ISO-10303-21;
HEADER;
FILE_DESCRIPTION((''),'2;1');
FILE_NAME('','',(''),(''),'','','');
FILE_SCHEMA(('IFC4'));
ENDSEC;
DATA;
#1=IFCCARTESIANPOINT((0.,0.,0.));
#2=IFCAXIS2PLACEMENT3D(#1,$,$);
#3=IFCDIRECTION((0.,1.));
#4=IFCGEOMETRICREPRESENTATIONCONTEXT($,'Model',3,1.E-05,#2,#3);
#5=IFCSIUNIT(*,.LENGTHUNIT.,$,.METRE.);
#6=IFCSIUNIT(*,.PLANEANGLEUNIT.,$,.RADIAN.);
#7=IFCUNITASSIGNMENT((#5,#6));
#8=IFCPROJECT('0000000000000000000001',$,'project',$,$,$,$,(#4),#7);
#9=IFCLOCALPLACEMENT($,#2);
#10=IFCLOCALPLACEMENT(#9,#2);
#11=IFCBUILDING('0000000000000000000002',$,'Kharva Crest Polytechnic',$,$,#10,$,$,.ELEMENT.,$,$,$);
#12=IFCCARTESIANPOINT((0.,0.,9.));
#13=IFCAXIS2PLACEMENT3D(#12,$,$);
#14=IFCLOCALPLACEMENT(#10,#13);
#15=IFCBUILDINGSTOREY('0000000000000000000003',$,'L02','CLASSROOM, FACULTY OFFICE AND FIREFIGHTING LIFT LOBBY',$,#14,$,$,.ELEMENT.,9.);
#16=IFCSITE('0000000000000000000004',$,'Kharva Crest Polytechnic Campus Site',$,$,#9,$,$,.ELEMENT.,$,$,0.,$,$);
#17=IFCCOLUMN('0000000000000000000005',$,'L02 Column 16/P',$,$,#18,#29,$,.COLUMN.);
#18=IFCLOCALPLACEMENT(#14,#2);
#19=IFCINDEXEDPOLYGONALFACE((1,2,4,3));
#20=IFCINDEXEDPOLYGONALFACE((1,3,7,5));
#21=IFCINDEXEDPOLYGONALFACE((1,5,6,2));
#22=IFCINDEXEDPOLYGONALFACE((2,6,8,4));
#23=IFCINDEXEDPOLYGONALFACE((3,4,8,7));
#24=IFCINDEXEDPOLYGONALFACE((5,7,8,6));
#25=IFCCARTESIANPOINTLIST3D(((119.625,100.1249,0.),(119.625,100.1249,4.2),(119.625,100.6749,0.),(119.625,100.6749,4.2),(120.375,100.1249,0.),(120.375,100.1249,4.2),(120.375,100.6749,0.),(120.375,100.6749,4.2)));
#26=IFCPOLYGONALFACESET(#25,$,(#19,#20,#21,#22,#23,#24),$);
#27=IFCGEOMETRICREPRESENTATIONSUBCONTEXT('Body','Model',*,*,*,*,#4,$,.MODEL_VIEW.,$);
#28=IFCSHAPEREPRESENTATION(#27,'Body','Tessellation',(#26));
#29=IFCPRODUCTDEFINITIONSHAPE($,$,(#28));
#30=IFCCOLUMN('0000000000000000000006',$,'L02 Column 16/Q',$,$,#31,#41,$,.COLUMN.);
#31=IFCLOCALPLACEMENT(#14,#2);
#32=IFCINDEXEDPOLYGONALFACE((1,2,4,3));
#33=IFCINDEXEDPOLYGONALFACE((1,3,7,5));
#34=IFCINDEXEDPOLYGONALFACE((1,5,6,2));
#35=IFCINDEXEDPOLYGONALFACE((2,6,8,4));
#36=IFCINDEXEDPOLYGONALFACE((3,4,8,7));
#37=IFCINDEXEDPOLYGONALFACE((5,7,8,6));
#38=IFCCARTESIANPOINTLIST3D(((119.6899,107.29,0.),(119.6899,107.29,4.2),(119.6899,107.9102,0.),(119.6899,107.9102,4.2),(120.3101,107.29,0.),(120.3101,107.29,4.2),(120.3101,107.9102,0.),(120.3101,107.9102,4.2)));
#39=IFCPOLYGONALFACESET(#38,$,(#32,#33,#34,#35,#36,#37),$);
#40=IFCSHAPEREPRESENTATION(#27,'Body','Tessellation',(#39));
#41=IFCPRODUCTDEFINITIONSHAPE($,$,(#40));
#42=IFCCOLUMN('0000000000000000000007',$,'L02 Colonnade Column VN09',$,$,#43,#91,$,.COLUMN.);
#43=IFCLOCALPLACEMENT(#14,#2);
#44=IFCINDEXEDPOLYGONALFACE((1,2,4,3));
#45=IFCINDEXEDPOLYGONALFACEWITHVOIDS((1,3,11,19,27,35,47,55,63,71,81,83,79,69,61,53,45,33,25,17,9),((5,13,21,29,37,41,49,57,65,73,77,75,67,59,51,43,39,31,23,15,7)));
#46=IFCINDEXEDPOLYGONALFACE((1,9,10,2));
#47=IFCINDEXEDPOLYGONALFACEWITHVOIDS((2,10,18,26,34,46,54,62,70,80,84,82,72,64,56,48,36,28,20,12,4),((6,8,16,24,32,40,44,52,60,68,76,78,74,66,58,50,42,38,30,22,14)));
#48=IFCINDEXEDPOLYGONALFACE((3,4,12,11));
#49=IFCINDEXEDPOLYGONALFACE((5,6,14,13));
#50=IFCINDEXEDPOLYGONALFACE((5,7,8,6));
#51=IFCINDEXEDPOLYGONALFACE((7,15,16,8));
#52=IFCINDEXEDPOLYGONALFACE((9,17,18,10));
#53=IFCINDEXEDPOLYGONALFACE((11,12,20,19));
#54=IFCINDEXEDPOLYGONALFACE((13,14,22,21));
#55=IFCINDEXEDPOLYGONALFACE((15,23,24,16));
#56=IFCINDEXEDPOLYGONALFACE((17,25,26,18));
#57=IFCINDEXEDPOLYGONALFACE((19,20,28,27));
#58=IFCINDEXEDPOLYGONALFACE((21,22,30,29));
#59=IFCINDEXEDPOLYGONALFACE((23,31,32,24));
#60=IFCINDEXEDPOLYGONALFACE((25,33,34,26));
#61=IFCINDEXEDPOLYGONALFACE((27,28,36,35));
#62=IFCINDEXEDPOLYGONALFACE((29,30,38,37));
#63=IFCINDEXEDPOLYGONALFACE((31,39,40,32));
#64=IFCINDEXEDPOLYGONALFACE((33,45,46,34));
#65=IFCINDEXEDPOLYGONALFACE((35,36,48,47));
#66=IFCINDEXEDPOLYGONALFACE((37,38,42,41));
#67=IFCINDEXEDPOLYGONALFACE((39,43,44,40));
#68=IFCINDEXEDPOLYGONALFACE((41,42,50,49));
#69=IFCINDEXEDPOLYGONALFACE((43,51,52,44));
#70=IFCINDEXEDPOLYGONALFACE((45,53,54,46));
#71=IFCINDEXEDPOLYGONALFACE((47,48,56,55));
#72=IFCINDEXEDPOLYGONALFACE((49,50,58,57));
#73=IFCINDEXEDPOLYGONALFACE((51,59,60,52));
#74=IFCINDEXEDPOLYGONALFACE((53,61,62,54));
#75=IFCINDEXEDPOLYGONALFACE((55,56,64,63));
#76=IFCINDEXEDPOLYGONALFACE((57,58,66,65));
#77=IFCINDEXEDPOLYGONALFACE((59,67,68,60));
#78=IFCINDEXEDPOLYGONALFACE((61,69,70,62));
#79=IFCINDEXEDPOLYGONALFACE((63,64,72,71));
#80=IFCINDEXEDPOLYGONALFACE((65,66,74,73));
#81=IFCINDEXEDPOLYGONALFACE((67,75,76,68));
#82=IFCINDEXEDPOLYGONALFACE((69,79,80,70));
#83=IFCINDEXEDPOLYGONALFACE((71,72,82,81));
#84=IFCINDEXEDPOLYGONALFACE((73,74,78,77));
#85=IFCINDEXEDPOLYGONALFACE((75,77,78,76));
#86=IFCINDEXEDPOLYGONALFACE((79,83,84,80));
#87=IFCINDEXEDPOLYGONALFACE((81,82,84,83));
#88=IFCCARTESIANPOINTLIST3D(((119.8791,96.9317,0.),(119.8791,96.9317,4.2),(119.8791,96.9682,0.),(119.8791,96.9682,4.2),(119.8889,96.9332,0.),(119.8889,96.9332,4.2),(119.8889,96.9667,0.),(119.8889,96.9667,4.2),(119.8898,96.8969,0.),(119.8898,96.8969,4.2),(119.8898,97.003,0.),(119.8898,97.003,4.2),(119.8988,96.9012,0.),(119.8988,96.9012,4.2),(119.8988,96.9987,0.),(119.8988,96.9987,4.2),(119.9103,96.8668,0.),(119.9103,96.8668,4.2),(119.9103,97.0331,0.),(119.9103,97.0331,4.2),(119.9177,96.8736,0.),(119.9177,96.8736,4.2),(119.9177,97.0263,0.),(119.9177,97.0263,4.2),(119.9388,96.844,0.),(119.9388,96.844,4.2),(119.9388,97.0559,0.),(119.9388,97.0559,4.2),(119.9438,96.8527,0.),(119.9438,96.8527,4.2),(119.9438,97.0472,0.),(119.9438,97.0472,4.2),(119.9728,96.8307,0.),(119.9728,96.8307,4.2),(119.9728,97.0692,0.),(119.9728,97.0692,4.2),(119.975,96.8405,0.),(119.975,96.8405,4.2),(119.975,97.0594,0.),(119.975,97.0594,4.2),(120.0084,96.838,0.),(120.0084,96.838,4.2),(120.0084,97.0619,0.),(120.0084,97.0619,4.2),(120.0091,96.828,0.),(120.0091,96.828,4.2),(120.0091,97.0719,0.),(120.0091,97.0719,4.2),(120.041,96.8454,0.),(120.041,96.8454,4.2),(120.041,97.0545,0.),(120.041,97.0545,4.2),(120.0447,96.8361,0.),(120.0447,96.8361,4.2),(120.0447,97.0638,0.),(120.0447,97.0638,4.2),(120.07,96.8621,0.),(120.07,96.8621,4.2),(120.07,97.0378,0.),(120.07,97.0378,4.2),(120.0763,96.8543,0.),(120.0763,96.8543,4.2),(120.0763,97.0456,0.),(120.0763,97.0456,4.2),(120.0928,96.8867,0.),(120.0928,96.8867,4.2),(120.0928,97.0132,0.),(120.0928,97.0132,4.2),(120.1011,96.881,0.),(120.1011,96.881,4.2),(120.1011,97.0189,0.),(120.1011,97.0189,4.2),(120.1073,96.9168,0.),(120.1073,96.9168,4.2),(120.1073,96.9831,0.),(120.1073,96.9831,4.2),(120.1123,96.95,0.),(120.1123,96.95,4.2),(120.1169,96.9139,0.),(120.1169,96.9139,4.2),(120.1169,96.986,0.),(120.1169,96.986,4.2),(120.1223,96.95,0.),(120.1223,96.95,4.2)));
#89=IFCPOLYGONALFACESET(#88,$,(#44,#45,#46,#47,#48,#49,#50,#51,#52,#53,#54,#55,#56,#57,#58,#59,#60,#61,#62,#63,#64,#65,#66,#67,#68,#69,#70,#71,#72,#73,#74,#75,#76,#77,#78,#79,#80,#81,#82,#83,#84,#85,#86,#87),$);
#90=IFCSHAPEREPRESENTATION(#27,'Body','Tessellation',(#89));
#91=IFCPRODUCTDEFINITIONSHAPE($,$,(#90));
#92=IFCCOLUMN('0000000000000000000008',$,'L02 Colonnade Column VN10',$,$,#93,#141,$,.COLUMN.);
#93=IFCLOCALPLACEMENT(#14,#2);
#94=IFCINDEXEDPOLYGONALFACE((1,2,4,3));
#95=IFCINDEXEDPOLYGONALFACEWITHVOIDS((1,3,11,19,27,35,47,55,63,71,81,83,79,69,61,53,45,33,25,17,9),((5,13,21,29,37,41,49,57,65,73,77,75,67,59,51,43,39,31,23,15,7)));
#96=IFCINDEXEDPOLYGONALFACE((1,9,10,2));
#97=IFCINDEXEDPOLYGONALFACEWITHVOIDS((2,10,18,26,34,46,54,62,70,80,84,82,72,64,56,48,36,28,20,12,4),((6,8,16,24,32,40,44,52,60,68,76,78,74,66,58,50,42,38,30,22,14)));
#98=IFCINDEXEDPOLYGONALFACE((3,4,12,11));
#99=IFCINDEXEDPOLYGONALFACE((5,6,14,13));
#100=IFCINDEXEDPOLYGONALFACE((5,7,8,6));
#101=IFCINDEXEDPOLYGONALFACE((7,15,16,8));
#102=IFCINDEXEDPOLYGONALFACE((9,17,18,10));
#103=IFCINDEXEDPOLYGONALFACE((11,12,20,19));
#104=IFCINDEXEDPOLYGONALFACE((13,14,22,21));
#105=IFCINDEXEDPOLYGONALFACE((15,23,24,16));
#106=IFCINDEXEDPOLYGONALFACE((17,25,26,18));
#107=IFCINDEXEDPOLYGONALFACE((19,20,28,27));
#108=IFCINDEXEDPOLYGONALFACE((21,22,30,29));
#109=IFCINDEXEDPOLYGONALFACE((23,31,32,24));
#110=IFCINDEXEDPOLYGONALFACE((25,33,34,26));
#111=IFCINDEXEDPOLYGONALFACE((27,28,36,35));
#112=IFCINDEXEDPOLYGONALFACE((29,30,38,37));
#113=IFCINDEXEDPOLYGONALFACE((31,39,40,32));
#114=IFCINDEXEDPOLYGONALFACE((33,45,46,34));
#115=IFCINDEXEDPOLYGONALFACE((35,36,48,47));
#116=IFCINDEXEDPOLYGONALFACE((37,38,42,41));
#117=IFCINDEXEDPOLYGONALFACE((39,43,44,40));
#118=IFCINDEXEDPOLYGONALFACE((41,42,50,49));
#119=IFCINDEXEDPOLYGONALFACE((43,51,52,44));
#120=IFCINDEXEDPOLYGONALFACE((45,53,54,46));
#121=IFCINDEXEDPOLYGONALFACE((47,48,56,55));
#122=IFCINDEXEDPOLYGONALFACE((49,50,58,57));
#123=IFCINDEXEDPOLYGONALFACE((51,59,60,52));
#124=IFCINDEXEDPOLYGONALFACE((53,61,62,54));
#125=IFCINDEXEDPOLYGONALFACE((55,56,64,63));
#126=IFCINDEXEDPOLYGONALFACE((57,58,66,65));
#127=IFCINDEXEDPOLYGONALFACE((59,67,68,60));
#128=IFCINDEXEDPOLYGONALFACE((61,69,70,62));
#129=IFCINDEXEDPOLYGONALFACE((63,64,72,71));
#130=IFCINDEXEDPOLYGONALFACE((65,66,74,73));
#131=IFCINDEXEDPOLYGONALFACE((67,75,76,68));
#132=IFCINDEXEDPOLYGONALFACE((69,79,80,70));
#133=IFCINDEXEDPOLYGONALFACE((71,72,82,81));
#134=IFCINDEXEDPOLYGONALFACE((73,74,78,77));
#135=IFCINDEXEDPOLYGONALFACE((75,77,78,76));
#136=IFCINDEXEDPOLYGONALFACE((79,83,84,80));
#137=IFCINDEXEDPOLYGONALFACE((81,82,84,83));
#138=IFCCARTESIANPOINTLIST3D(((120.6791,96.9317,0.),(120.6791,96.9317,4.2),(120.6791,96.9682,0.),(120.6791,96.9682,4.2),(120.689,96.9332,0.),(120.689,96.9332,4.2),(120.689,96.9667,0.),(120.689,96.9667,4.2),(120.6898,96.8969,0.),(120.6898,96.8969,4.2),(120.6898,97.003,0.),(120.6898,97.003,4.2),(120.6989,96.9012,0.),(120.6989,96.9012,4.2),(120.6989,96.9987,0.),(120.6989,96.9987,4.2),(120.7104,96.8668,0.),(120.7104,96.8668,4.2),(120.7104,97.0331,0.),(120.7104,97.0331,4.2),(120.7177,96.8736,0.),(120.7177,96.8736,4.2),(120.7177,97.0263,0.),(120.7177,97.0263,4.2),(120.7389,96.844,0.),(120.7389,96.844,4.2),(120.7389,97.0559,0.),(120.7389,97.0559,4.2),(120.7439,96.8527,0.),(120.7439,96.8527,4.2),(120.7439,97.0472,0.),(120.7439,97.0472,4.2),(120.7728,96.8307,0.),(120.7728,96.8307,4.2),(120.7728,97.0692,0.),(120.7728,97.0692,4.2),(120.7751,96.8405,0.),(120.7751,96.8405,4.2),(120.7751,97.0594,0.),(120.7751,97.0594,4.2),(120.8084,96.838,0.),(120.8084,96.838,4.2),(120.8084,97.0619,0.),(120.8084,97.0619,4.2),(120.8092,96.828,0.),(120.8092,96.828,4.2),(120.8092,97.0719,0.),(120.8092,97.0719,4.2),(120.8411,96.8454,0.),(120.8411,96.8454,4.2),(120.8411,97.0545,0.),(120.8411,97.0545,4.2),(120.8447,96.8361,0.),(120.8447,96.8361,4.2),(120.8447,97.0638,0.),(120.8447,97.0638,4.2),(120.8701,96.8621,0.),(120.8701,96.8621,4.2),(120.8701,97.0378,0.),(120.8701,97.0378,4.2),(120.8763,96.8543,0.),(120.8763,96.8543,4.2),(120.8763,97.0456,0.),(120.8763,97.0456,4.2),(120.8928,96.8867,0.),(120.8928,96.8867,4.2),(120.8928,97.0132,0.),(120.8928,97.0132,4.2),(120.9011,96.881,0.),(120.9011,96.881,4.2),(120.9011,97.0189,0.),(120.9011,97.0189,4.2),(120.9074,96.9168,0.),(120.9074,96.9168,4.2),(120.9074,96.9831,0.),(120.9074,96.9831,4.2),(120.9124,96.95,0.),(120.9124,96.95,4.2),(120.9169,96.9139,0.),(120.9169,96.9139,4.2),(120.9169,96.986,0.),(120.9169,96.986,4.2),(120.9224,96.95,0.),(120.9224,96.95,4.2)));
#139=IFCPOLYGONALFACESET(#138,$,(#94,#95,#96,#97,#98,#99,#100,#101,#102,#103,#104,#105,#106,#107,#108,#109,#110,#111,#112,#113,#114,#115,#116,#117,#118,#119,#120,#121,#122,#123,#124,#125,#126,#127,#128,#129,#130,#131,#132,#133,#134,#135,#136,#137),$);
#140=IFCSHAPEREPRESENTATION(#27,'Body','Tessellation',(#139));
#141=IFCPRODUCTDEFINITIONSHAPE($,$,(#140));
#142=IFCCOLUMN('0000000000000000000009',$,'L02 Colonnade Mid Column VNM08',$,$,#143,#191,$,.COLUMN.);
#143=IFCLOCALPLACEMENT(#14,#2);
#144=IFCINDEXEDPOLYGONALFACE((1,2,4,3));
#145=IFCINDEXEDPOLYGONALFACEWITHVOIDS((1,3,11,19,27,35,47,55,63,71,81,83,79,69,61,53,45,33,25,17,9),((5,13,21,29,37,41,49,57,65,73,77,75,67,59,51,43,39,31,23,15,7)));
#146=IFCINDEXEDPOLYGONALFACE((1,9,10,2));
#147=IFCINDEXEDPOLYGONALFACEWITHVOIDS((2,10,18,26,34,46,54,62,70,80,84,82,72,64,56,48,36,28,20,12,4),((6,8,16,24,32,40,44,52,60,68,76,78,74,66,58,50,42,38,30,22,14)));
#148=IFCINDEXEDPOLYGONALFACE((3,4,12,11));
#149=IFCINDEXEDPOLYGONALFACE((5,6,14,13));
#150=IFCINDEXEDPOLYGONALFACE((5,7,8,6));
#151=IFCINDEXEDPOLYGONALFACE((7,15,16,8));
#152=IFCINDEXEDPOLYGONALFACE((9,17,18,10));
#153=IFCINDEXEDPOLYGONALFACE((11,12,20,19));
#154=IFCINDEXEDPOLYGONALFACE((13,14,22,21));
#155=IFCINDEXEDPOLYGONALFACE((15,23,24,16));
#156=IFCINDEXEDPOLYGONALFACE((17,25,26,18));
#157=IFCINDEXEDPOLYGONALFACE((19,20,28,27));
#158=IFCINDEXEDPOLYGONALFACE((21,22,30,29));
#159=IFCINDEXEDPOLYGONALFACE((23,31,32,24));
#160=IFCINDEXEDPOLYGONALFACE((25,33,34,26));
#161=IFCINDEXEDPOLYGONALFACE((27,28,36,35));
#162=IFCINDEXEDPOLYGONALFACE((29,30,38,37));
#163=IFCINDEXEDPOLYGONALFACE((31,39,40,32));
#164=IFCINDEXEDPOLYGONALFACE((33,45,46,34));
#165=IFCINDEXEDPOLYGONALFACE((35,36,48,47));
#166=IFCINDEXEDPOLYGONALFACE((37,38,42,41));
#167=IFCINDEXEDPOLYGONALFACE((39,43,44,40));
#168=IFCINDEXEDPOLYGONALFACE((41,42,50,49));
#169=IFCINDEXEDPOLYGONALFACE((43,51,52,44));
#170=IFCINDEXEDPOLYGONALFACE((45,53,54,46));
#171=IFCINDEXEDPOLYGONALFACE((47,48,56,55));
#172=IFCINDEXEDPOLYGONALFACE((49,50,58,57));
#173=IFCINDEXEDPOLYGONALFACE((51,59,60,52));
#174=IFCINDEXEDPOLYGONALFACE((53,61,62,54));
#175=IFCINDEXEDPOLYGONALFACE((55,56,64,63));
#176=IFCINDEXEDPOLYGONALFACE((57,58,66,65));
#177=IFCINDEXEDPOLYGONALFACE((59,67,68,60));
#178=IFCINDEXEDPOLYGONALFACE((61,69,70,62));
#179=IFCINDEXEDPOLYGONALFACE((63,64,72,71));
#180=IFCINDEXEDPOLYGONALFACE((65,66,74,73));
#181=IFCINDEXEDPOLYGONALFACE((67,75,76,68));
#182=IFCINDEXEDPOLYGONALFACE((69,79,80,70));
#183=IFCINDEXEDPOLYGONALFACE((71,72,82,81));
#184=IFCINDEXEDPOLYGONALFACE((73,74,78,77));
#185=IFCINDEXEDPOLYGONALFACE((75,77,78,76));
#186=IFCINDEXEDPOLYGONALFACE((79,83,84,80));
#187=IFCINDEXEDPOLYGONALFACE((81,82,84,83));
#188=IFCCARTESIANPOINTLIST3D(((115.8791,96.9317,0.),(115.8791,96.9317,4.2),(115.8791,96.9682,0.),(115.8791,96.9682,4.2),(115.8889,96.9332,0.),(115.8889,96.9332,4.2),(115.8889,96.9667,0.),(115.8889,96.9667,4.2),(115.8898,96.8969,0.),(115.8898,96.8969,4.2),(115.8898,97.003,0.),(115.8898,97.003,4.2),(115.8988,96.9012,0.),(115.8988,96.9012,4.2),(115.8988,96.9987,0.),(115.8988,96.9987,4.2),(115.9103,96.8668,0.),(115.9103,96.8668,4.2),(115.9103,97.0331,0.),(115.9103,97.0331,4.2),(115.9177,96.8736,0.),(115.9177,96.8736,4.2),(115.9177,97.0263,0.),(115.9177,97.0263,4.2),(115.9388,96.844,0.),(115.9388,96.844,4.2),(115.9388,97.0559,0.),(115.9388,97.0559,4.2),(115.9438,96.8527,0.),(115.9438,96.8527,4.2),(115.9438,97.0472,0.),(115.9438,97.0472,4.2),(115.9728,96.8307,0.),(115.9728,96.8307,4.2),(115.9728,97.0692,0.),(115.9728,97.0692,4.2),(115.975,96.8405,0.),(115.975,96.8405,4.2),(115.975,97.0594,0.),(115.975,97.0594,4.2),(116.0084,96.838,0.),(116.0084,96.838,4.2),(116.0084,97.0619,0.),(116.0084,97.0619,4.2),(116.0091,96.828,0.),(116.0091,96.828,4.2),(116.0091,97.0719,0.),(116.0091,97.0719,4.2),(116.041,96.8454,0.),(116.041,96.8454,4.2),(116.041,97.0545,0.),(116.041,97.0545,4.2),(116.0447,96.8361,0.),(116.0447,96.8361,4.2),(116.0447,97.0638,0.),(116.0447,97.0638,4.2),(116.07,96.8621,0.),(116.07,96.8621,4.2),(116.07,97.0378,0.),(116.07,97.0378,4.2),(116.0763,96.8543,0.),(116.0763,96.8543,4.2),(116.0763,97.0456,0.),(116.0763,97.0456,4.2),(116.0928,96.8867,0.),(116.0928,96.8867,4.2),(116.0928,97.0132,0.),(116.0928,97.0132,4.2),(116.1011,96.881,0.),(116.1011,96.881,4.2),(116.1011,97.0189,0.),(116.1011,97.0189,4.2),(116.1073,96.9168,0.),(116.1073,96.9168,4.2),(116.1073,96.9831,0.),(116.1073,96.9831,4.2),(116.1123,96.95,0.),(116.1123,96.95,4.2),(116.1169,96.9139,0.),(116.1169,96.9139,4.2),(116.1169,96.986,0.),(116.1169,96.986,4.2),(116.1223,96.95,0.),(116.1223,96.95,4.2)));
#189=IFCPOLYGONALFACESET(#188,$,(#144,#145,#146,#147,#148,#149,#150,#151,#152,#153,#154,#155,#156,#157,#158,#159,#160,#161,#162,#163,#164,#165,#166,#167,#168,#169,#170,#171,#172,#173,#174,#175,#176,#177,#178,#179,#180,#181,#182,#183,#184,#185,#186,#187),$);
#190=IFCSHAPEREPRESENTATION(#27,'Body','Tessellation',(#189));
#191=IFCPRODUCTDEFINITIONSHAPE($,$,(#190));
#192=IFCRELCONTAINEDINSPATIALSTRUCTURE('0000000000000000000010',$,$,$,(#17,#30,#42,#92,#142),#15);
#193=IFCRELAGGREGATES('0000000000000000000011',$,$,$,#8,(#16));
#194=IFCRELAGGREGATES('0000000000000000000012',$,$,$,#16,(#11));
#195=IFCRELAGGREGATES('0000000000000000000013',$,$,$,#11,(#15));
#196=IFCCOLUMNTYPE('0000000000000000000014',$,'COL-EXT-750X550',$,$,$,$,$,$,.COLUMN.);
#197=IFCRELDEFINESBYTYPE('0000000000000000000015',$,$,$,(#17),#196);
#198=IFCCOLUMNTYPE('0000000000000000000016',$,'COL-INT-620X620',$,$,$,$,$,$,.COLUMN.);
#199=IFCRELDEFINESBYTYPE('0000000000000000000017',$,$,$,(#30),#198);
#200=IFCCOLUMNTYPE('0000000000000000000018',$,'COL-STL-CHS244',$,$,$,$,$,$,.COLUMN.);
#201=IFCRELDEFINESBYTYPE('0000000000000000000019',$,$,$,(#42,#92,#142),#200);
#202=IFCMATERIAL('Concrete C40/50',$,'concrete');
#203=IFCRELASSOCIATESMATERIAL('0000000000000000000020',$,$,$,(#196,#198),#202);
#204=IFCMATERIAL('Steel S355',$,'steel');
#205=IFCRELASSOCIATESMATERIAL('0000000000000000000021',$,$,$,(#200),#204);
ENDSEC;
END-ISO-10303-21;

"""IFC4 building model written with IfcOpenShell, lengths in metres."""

from ifc_helpers import new_model, si_unit, direction, frame, origin, origin_2d, place, context, subcontext, project, spatial, rectangle, hollow_circle, extrude, material, material_profile, profile_set, type_object, element, save


model = new_model("IFC4")

# Units and contexts
model_context = context("Model", 3, precision=1e-05, world=origin(), true_north=direction((0.0, 1.0)))
body_context = subcontext(model_context, "Body", "Model", "MODEL_VIEW")
ifc_project = project(units=[si_unit("LENGTHUNIT", "METRE"), si_unit("PLANEANGLEUNIT", "RADIAN")], contexts=[model_context])

# Site, building, storey
site_placement = place(None, origin())
site = spatial("IfcSite", under=ifc_project, at=site_placement, Name="Kharva Crest Polytechnic Campus Site", CompositionType="ELEMENT", RefElevation=0.0)
building_placement = place(site_placement, origin())
building = spatial("IfcBuilding", under=site, at=building_placement, Name="Kharva Crest Polytechnic", CompositionType="ELEMENT")
storey_placement = place(building_placement, frame((0.0, 0.0, 9.0)))
storey = spatial("IfcBuildingStorey", under=building, at=storey_placement, Name="L02", Description="CLASSROOM, FACULTY OFFICE AND FIREFIGHTING LIFT LOBBY", CompositionType="ELEMENT", Elevation=9.0)

# Columns
ifc_material_1 = material(Name="Concrete C40/50", Category="concrete")
ifc_material_profile_1 = material_profile(ifc_material_1, rectangle(XDim=0.75, YDim=0.55, at=origin_2d()), Name="RECT 750 X 550")
ifc_profile_set_1 = profile_set([ifc_material_profile_1], Name="Concrete C40/50")
column_type_1 = type_object("IfcColumnType", Name="COL-EXT-750X550", PredefinedType="COLUMN", material=ifc_profile_set_1)
column_1_placement = place(storey_placement, frame((120.0, 100.3999, 0.0), z_axis=(0.0, 0.0, 1.0), x_axis=(1.0, 0.0, 0.0)))
element("IfcColumn", 1, at=column_1_placement, inside=storey, type_object=column_type_1, Name="L02 Column 16/P", PredefinedType="COLUMN", context=body_context, shape_type="SweptSolid", body=[
    extrude(rectangle(XDim=0.75, YDim=0.55, at=origin_2d()), origin(), (0.0, 0.0, 1.0), 4.2),
])
ifc_material_profile_2 = material_profile(ifc_material_1, rectangle(XDim=0.6201, YDim=0.6201, at=origin_2d()), Name="RECT 620 X 620")
ifc_profile_set_2 = profile_set([ifc_material_profile_2], Name="Concrete C40/50")
column_type_2 = type_object("IfcColumnType", Name="COL-INT-620X620", PredefinedType="COLUMN", material=ifc_profile_set_2)
column_2_placement = place(storey_placement, frame((120.0, 107.6001, 0.0), z_axis=(0.0, 0.0, 1.0), x_axis=(1.0, 0.0, 0.0)))
element("IfcColumn", 2, at=column_2_placement, inside=storey, type_object=column_type_2, Name="L02 Column 16/Q", PredefinedType="COLUMN", context=body_context, shape_type="SweptSolid", body=[
    extrude(rectangle(XDim=0.6201, YDim=0.6201, at=origin_2d()), origin(), (0.0, 0.0, 1.0), 4.2),
])
ifc_material_2 = material(Name="Steel S355", Category="steel")
ifc_material_profile_3 = material_profile(ifc_material_2, hollow_circle(Radius=0.1223, WallThickness=0.01, at=origin_2d()), Name="CHS 244.5X10.0")
ifc_profile_set_3 = profile_set([ifc_material_profile_3], Name="Steel S355")
column_type_3 = type_object("IfcColumnType", Name="COL-STL-CHS244", PredefinedType="COLUMN", material=ifc_profile_set_3)
for number, where, z_axis, x_axis, name in (
    (3, (120.0, 96.95, 0.0), (0.0, 0.0, 1.0), (1.0, 0.0, 0.0), "L02 Colonnade Column VN09"),
    (4, (120.8, 96.95, 0.0), (0.0, 0.0, 1.0), (1.0, 0.0, 0.0), "L02 Colonnade Column VN10"),
    (5, (116.0, 96.95, 0.0), (0.0, 0.0, 1.0), (1.0, 0.0, 0.0), "L02 Colonnade Mid Column VNM08"),
):
    element("IfcColumn", number, at=place(storey_placement, frame(where, z_axis=z_axis, x_axis=x_axis)), inside=storey, type_object=column_type_3, Name=name, PredefinedType="COLUMN", context=body_context, shape_type="SweptSolid", body=[
        extrude(hollow_circle(Radius=0.1223, WallThickness=0.01, at=origin_2d()), origin(), (0.0, 0.0, 1.0), 4.2),
    ])

save(model, "model.ifc")
